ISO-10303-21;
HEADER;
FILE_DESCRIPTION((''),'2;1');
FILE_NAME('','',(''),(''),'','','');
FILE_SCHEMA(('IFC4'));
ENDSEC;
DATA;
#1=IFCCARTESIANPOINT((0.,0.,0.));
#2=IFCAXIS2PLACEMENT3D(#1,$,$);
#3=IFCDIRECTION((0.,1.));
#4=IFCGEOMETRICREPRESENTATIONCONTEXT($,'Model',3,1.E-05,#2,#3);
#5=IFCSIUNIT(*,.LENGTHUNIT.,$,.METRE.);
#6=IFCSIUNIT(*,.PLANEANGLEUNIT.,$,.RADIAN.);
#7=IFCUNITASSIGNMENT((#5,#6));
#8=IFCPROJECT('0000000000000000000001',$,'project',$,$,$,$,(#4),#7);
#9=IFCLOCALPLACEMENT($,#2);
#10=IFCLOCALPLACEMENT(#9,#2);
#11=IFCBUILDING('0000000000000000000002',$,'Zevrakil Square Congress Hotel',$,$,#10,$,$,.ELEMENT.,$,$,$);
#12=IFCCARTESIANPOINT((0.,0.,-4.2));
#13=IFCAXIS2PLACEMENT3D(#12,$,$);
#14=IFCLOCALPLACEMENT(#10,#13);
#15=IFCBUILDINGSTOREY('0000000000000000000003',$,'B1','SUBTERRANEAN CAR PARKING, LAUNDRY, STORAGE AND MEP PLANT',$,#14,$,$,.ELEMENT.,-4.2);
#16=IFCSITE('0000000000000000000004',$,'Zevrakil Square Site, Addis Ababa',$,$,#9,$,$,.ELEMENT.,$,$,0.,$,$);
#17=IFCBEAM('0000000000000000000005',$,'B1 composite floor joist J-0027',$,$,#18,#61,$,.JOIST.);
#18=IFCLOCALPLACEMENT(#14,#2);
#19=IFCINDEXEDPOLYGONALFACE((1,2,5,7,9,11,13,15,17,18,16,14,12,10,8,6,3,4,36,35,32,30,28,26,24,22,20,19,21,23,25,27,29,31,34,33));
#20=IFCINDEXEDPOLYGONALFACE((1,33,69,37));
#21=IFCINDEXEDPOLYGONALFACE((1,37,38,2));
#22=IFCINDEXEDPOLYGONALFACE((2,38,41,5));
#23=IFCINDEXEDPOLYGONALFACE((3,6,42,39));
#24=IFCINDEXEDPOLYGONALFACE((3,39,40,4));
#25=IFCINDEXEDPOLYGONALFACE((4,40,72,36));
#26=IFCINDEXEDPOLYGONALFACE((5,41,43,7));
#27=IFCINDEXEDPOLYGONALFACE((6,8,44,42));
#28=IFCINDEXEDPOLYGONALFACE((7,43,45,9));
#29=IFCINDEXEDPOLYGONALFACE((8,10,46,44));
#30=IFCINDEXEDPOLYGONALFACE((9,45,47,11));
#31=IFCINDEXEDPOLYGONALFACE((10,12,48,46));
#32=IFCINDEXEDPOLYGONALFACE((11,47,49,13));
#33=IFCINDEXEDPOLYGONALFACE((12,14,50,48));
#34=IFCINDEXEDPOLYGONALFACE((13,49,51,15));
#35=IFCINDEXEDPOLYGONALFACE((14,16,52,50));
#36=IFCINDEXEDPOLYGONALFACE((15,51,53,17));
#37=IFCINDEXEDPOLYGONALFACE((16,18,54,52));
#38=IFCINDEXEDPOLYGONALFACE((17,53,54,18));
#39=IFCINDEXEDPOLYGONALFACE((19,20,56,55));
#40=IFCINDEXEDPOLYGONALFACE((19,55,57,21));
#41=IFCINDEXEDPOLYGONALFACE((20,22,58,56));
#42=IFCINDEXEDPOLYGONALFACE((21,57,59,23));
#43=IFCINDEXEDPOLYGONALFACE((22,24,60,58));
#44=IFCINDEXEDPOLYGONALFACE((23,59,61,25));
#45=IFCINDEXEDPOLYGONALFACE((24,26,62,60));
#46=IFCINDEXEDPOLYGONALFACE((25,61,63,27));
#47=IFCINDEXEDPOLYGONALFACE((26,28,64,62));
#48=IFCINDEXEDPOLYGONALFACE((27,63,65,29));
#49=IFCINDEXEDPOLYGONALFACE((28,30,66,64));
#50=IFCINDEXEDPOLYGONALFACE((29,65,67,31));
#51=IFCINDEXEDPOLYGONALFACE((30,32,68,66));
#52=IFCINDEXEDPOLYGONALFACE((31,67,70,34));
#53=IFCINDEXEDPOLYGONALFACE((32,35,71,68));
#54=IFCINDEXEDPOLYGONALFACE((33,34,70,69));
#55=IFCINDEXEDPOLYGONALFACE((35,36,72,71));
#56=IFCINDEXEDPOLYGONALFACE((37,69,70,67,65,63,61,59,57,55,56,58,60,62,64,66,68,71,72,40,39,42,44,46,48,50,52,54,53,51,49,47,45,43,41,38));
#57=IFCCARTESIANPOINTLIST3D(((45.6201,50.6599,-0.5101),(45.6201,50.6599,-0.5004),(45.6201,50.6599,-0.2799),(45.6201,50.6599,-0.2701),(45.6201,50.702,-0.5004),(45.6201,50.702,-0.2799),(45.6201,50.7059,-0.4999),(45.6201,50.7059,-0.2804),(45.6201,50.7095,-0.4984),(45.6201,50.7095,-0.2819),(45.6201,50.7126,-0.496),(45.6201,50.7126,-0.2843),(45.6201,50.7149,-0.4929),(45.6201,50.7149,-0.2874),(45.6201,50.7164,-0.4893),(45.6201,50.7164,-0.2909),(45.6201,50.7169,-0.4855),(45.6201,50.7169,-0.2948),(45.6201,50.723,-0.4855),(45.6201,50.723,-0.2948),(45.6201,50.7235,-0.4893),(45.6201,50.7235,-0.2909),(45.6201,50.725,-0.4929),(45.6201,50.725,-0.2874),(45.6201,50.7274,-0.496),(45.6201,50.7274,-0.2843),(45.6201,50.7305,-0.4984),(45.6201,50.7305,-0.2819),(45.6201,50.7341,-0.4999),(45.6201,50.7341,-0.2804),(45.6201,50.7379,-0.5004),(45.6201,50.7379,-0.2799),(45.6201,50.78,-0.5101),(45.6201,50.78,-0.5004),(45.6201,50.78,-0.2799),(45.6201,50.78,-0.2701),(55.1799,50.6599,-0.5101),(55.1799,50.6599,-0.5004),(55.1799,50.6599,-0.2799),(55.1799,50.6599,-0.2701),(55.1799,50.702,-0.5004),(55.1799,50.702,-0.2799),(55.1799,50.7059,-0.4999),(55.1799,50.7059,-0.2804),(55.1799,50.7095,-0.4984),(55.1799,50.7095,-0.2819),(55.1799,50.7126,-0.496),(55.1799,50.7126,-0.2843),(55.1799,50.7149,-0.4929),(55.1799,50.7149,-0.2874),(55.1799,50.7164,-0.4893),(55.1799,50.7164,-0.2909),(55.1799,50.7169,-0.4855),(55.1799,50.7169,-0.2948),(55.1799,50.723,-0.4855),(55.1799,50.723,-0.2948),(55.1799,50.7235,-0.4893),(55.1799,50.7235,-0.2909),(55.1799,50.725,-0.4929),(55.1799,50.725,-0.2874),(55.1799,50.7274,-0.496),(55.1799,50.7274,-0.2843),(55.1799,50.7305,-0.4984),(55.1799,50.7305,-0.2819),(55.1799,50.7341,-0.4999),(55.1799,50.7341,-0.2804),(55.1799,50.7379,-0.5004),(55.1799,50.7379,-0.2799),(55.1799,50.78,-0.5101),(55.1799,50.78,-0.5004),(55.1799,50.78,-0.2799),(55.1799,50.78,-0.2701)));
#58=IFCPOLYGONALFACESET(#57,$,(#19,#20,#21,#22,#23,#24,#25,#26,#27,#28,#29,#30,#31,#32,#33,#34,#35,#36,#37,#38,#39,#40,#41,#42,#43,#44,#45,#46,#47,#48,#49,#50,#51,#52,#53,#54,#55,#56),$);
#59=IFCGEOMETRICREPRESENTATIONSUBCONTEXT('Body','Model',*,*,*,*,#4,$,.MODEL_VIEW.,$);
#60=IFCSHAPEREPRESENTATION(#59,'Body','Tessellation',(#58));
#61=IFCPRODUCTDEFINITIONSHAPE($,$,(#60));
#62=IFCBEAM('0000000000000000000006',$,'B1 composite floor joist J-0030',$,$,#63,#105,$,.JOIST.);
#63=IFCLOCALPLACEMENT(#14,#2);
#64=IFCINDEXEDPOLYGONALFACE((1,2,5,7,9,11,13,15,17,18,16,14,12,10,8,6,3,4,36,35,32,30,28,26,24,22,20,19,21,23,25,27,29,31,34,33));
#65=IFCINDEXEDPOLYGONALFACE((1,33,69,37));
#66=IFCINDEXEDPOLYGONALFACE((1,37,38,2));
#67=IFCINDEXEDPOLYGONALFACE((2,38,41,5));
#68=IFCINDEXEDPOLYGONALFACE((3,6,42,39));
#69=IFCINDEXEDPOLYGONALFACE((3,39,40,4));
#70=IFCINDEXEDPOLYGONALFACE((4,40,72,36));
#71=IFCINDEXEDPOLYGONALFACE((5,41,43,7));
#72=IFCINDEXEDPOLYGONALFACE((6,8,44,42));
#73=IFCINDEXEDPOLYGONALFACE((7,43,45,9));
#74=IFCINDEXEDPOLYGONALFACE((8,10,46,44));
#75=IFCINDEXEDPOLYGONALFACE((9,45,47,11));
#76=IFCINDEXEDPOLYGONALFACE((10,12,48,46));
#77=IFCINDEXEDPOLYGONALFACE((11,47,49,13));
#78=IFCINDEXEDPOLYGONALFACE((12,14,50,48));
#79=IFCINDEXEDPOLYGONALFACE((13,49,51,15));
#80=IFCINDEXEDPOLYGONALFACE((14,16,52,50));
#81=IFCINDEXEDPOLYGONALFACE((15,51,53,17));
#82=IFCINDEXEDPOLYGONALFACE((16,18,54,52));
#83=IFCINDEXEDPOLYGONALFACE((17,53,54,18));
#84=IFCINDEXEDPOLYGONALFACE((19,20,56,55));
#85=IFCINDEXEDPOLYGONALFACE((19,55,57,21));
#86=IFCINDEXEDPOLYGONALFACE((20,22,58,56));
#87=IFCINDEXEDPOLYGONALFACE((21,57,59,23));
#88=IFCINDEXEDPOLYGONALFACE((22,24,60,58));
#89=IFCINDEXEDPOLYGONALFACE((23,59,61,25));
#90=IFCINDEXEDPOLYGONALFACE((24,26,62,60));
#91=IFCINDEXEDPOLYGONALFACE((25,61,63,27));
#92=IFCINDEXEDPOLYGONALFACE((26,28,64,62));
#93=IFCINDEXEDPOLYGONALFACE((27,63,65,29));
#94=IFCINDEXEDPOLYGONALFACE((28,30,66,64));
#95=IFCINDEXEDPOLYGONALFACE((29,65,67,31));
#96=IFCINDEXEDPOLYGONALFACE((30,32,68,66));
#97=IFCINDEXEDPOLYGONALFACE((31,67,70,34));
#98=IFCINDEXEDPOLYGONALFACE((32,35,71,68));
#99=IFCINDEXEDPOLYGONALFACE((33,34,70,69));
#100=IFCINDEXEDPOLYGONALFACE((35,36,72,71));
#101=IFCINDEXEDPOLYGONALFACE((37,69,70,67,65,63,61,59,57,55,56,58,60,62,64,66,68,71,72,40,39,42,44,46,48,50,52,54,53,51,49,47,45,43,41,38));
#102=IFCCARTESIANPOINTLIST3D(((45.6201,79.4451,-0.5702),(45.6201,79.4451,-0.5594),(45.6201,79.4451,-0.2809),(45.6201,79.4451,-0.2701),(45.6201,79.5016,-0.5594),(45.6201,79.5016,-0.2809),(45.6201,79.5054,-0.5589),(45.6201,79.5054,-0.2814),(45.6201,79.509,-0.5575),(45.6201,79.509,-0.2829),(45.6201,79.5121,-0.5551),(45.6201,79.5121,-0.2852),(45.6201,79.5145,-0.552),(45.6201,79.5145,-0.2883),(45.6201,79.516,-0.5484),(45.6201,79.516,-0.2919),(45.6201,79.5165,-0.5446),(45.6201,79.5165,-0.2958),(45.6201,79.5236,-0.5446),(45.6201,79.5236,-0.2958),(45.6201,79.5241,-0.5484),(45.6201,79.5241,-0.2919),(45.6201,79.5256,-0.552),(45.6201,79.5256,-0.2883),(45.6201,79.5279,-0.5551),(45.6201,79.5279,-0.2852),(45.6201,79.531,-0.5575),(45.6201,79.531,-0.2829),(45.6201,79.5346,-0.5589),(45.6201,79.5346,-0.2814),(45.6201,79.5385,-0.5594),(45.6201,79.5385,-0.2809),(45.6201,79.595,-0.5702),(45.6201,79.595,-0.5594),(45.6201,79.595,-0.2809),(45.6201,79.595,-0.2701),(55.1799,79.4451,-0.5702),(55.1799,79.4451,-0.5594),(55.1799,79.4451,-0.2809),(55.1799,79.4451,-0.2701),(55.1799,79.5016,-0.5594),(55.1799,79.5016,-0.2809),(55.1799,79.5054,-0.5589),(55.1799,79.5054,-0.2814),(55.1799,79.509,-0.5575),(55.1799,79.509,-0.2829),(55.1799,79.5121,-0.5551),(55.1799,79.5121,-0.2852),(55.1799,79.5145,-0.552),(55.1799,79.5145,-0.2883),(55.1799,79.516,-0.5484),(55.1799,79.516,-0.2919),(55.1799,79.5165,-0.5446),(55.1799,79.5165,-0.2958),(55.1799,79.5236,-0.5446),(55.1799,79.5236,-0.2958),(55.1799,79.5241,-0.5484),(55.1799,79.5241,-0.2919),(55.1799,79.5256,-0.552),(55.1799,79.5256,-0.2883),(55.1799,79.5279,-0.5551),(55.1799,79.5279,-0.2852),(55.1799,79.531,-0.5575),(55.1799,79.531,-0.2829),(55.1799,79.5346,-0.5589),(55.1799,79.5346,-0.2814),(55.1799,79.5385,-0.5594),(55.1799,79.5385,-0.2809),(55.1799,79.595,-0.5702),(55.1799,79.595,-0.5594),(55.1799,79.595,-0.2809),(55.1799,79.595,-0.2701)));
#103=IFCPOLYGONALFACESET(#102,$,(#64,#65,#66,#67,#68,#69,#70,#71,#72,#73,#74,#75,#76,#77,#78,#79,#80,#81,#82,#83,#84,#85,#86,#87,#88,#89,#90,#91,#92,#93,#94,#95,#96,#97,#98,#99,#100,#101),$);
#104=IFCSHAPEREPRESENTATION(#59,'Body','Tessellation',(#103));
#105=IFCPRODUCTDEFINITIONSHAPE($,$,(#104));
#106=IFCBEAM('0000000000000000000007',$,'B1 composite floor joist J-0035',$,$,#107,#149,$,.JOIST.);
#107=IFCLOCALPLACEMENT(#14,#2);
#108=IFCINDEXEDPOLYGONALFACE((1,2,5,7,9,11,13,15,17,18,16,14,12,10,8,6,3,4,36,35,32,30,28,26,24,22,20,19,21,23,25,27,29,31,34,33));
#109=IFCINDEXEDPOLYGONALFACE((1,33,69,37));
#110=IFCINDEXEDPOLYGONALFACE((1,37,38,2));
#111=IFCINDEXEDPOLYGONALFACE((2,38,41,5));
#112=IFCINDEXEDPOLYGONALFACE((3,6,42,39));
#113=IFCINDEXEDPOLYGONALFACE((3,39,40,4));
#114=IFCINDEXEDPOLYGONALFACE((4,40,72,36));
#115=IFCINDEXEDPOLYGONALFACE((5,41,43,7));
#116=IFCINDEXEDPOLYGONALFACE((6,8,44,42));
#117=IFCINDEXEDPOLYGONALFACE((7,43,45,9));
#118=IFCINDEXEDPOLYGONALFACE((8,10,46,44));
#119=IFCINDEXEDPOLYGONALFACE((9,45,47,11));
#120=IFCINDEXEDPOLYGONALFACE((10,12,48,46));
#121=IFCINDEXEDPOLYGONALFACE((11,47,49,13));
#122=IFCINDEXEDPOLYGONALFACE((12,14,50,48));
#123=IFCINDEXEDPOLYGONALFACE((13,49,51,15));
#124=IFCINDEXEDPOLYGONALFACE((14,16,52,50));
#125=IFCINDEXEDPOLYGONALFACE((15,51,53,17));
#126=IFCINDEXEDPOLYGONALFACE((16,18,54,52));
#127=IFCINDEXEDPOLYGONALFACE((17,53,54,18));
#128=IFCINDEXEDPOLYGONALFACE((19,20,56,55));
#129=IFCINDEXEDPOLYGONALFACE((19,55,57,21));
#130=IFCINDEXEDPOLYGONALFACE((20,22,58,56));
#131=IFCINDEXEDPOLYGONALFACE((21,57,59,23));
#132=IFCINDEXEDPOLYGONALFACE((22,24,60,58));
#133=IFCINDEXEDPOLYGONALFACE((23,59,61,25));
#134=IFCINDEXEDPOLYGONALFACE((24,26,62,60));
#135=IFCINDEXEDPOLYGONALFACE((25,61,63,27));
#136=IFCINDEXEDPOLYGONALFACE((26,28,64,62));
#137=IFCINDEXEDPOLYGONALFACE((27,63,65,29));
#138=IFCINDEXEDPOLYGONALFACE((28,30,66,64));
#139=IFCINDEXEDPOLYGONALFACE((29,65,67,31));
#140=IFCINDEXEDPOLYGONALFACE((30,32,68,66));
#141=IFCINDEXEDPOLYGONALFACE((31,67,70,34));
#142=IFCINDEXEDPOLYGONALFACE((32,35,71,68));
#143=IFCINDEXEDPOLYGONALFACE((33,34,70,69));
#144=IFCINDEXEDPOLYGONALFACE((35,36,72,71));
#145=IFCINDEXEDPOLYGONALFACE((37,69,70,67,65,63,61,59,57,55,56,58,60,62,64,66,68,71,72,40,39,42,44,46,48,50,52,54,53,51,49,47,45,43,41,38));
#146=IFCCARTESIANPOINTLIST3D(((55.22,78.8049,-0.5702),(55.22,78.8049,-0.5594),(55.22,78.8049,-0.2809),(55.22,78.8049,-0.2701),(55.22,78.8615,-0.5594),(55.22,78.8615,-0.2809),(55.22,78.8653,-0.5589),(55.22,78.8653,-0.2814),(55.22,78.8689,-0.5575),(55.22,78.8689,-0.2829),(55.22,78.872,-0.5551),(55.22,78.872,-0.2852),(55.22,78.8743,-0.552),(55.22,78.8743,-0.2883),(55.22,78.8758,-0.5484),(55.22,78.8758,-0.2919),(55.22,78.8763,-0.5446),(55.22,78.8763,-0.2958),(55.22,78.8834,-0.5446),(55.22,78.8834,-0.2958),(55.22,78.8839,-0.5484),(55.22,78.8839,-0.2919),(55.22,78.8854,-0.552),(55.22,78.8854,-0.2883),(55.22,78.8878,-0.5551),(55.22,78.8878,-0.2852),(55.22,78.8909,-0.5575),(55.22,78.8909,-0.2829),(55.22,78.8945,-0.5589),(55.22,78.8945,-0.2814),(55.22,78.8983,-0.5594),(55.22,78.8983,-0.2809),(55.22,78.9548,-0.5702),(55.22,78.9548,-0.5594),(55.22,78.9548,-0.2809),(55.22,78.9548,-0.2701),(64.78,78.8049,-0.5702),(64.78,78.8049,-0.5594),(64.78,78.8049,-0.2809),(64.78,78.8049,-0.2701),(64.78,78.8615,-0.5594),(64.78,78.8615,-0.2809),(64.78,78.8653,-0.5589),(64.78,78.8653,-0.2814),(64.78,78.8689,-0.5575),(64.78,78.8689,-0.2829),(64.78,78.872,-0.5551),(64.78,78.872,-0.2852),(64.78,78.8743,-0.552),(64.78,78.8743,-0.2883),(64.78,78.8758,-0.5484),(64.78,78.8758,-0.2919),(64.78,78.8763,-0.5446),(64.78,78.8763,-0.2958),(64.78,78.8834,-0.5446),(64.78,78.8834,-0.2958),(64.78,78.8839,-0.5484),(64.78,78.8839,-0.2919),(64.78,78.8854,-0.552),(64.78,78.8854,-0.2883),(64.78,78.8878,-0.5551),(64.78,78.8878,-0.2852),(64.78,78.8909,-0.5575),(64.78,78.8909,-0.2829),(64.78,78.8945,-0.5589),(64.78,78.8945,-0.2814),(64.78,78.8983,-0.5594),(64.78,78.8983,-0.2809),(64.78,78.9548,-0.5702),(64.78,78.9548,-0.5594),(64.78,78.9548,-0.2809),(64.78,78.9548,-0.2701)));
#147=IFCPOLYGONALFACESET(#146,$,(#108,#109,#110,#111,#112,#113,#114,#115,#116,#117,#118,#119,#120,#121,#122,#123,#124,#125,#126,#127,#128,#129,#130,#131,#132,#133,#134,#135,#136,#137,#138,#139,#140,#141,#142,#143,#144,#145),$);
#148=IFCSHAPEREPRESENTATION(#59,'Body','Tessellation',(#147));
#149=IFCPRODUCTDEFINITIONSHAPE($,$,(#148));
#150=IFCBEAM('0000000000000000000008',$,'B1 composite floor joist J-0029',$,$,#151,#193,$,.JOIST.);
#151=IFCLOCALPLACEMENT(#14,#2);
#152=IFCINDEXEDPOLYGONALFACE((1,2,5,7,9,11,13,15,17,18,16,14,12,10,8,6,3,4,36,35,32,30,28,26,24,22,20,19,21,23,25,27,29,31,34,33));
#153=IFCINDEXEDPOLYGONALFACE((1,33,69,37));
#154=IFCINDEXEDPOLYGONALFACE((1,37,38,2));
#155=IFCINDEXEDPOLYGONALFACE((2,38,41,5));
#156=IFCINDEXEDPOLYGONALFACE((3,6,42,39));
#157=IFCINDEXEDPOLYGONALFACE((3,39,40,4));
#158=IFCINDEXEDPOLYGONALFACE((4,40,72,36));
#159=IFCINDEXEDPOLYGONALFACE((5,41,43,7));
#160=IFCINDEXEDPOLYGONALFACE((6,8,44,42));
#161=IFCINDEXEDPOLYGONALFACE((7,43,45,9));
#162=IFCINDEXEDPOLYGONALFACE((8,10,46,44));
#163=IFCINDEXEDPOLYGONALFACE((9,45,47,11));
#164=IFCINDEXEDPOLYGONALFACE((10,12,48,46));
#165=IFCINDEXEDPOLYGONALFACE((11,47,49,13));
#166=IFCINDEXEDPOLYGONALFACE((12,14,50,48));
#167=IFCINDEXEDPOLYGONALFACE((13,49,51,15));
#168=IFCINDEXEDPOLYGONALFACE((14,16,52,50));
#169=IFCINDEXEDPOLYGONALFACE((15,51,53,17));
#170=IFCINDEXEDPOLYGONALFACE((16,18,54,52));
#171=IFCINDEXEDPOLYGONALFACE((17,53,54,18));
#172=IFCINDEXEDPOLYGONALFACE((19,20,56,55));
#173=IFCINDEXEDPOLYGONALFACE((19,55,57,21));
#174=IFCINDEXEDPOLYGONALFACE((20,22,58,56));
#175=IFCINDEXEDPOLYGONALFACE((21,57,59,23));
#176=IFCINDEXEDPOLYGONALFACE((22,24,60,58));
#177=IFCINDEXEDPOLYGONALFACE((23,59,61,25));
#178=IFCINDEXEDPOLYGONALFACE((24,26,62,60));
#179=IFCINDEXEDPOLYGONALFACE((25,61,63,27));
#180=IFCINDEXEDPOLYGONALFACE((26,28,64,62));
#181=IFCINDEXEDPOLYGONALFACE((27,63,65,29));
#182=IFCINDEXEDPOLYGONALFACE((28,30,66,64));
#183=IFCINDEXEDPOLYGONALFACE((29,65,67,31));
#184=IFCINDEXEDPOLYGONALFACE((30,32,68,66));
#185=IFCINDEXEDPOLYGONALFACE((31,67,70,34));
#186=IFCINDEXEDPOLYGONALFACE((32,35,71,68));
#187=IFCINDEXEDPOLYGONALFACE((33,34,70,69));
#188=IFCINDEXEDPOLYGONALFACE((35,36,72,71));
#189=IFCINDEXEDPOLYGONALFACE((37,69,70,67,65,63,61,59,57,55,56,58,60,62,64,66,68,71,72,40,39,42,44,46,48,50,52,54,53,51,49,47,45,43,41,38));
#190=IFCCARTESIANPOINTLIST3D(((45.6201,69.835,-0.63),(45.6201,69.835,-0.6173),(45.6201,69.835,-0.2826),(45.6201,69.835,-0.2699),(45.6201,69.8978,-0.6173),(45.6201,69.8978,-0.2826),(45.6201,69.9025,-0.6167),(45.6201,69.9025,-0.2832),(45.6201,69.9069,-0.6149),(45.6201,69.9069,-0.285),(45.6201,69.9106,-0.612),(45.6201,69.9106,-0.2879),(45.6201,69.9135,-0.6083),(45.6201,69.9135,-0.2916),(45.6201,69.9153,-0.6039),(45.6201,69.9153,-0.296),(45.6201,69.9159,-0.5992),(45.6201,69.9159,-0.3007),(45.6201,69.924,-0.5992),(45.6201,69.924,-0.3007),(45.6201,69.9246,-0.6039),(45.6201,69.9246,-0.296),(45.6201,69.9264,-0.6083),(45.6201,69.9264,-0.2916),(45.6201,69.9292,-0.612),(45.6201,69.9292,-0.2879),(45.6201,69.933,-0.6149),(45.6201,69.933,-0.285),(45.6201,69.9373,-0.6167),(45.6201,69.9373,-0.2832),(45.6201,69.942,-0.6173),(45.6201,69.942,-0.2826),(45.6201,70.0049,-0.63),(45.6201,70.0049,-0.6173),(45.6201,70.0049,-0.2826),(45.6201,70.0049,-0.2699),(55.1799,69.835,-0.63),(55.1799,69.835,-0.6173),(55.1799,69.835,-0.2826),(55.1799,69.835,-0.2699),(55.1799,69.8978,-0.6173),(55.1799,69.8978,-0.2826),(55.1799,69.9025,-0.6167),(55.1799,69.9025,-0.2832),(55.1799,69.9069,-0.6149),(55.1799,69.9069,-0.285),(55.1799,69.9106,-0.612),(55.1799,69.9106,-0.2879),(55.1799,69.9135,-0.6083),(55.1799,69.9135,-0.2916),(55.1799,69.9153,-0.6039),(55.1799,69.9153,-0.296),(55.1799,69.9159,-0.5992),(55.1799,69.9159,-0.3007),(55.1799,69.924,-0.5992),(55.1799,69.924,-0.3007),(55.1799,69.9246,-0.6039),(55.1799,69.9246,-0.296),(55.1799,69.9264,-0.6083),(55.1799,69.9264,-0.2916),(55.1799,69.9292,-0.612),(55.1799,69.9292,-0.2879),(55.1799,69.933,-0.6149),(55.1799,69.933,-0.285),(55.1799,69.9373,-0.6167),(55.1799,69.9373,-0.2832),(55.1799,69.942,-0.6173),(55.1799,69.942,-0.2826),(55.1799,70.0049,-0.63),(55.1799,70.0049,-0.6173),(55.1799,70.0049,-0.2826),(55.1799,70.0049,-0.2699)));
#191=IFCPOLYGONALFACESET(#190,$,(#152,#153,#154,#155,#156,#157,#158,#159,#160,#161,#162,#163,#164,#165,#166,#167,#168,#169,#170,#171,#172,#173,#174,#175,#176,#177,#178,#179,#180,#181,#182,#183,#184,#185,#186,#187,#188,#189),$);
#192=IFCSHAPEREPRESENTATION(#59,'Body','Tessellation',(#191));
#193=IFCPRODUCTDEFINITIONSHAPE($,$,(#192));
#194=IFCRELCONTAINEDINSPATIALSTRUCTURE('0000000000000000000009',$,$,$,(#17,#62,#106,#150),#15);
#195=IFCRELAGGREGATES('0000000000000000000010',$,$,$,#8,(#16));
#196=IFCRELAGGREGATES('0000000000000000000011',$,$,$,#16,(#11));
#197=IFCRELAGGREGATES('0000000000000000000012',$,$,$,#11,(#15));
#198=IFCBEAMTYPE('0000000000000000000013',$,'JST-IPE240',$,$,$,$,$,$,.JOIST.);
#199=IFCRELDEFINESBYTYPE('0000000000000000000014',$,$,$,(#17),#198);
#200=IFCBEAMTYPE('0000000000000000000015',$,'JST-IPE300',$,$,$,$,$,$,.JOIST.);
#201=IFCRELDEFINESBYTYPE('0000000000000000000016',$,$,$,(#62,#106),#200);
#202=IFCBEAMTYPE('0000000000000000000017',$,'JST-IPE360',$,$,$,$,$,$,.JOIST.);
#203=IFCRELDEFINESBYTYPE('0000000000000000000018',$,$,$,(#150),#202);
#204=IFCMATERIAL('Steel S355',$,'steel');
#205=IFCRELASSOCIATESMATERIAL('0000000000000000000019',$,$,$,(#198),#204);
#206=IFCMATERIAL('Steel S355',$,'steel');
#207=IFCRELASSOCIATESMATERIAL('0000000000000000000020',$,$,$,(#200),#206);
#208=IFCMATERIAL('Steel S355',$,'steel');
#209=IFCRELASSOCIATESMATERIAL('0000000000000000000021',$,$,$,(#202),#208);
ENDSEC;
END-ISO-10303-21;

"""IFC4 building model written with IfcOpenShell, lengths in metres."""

from ifc_helpers import new_model, si_unit, direction, frame, origin, origin_2d, place, context, subcontext, project, spatial, i_section, extrude, material, material_profile, profile_set, type_object, element, save


model = new_model("IFC4")

# Units and contexts
model_context = context("Model", 3, precision=1e-05, world=origin(), true_north=direction((0.0, 1.0)))
body_context = subcontext(model_context, "Body", "Model", "MODEL_VIEW")
ifc_project = project(units=[si_unit("LENGTHUNIT", "METRE"), si_unit("PLANEANGLEUNIT", "RADIAN")], contexts=[model_context])

# Site, building, storey
site_placement = place(None, origin())
site = spatial("IfcSite", under=ifc_project, at=site_placement, Name="Zevrakil Square Site, Addis Ababa", CompositionType="ELEMENT", RefElevation=0.0)
building_placement = place(site_placement, origin())
building = spatial("IfcBuilding", under=site, at=building_placement, Name="Zevrakil Square Congress Hotel", CompositionType="ELEMENT")
storey_placement = place(building_placement, frame((0.0, 0.0, -4.2)))
storey = spatial("IfcBuildingStorey", under=building, at=storey_placement, Name="B1", Description="SUBTERRANEAN CAR PARKING, LAUNDRY, STORAGE AND MEP PLANT", CompositionType="ELEMENT", Elevation=-4.2)

# Beams
ifc_material_1 = material(Name="Steel S355", Category="steel")
ifc_material_profile_1 = material_profile(ifc_material_1, i_section(OverallWidth=0.1201, OverallDepth=0.24, WebThickness=0.0061, FlangeThickness=0.0098, FilletRadius=0.0149, at=origin_2d()), Name="IPE 240")
ifc_profile_set_1 = profile_set([ifc_material_profile_1], Name="Steel S355")
beam_type_1 = type_object("IfcBeamType", Name="JST-IPE240", PredefinedType="JOIST", material=ifc_profile_set_1)
beam_1_placement = place(storey_placement, frame((45.6201, 50.72, -0.3901), z_axis=(1.0, 0.0, 0.0), x_axis=(0.0, 1.0, 0.0)))
element("IfcBeam", 1, at=beam_1_placement, inside=storey, type_object=beam_type_1, Name="B1 composite floor joist J-0027", PredefinedType="JOIST", context=body_context, shape_type="SweptSolid", body=[
    extrude(i_section(OverallWidth=0.1201, OverallDepth=0.24, WebThickness=0.0061, FlangeThickness=0.0098, FilletRadius=0.0149, at=origin_2d()), origin(), (0.0, 0.0, 1.0), 9.5598),
])
ifc_material_2 = material(Name="Steel S355", Category="steel")
ifc_material_profile_2 = material_profile(ifc_material_2, i_section(OverallWidth=0.1499, OverallDepth=0.3, WebThickness=0.0071, FlangeThickness=0.0107, FilletRadius=0.0149, at=origin_2d()), Name="IPE 300")
ifc_profile_set_2 = profile_set([ifc_material_profile_2], Name="Steel S355")
beam_type_2 = type_object("IfcBeamType", Name="JST-IPE300", PredefinedType="JOIST", material=ifc_profile_set_2)
beam_2_placement = place(storey_placement, frame((45.6201, 79.52, -0.4202), z_axis=(1.0, 0.0, 0.0), x_axis=(0.0, 1.0, 0.0)))
element("IfcBeam", 2, at=beam_2_placement, inside=storey, type_object=beam_type_2, Name="B1 composite floor joist J-0030", PredefinedType="JOIST", context=body_context, shape_type="SweptSolid", body=[
    extrude(i_section(OverallWidth=0.1499, OverallDepth=0.3, WebThickness=0.0071, FlangeThickness=0.0107, FilletRadius=0.0149, at=origin_2d()), origin(), (0.0, 0.0, 1.0), 9.5598),
])
beam_3_placement = place(storey_placement, frame((55.22, 78.8799, -0.4202), z_axis=(1.0, 0.0, 0.0), x_axis=(0.0, 1.0, 0.0)))
element("IfcBeam", 3, at=beam_3_placement, inside=storey, type_object=beam_type_2, Name="B1 composite floor joist J-0035", PredefinedType="JOIST", context=body_context, shape_type="SweptSolid", body=[
    extrude(i_section(OverallWidth=0.1499, OverallDepth=0.3, WebThickness=0.0071, FlangeThickness=0.0107, FilletRadius=0.0149, at=origin_2d()), origin(), (0.0, 0.0, 1.0), 9.5601),
])
ifc_material_3 = material(Name="Steel S355", Category="steel")
ifc_material_profile_3 = material_profile(ifc_material_3, i_section(OverallWidth=0.1699, OverallDepth=0.3601, WebThickness=0.0081, FlangeThickness=0.0127, FilletRadius=0.0181, at=origin_2d()), Name="IPE 360")
ifc_profile_set_3 = profile_set([ifc_material_profile_3], Name="Steel S355")
beam_type_3 = type_object("IfcBeamType", Name="JST-IPE360", PredefinedType="JOIST", material=ifc_profile_set_3)
beam_4_placement = place(storey_placement, frame((45.6201, 69.9199, -0.45), z_axis=(1.0, 0.0, 0.0), x_axis=(0.0, 1.0, 0.0)))
element("IfcBeam", 4, at=beam_4_placement, inside=storey, type_object=beam_type_3, Name="B1 composite floor joist J-0029", PredefinedType="JOIST", context=body_context, shape_type="SweptSolid", body=[
    extrude(i_section(OverallWidth=0.1699, OverallDepth=0.3601, WebThickness=0.0081, FlangeThickness=0.0127, FilletRadius=0.0181, at=origin_2d()), origin(), (0.0, 0.0, 1.0), 9.5598),
])

save(model, "model.ifc")
